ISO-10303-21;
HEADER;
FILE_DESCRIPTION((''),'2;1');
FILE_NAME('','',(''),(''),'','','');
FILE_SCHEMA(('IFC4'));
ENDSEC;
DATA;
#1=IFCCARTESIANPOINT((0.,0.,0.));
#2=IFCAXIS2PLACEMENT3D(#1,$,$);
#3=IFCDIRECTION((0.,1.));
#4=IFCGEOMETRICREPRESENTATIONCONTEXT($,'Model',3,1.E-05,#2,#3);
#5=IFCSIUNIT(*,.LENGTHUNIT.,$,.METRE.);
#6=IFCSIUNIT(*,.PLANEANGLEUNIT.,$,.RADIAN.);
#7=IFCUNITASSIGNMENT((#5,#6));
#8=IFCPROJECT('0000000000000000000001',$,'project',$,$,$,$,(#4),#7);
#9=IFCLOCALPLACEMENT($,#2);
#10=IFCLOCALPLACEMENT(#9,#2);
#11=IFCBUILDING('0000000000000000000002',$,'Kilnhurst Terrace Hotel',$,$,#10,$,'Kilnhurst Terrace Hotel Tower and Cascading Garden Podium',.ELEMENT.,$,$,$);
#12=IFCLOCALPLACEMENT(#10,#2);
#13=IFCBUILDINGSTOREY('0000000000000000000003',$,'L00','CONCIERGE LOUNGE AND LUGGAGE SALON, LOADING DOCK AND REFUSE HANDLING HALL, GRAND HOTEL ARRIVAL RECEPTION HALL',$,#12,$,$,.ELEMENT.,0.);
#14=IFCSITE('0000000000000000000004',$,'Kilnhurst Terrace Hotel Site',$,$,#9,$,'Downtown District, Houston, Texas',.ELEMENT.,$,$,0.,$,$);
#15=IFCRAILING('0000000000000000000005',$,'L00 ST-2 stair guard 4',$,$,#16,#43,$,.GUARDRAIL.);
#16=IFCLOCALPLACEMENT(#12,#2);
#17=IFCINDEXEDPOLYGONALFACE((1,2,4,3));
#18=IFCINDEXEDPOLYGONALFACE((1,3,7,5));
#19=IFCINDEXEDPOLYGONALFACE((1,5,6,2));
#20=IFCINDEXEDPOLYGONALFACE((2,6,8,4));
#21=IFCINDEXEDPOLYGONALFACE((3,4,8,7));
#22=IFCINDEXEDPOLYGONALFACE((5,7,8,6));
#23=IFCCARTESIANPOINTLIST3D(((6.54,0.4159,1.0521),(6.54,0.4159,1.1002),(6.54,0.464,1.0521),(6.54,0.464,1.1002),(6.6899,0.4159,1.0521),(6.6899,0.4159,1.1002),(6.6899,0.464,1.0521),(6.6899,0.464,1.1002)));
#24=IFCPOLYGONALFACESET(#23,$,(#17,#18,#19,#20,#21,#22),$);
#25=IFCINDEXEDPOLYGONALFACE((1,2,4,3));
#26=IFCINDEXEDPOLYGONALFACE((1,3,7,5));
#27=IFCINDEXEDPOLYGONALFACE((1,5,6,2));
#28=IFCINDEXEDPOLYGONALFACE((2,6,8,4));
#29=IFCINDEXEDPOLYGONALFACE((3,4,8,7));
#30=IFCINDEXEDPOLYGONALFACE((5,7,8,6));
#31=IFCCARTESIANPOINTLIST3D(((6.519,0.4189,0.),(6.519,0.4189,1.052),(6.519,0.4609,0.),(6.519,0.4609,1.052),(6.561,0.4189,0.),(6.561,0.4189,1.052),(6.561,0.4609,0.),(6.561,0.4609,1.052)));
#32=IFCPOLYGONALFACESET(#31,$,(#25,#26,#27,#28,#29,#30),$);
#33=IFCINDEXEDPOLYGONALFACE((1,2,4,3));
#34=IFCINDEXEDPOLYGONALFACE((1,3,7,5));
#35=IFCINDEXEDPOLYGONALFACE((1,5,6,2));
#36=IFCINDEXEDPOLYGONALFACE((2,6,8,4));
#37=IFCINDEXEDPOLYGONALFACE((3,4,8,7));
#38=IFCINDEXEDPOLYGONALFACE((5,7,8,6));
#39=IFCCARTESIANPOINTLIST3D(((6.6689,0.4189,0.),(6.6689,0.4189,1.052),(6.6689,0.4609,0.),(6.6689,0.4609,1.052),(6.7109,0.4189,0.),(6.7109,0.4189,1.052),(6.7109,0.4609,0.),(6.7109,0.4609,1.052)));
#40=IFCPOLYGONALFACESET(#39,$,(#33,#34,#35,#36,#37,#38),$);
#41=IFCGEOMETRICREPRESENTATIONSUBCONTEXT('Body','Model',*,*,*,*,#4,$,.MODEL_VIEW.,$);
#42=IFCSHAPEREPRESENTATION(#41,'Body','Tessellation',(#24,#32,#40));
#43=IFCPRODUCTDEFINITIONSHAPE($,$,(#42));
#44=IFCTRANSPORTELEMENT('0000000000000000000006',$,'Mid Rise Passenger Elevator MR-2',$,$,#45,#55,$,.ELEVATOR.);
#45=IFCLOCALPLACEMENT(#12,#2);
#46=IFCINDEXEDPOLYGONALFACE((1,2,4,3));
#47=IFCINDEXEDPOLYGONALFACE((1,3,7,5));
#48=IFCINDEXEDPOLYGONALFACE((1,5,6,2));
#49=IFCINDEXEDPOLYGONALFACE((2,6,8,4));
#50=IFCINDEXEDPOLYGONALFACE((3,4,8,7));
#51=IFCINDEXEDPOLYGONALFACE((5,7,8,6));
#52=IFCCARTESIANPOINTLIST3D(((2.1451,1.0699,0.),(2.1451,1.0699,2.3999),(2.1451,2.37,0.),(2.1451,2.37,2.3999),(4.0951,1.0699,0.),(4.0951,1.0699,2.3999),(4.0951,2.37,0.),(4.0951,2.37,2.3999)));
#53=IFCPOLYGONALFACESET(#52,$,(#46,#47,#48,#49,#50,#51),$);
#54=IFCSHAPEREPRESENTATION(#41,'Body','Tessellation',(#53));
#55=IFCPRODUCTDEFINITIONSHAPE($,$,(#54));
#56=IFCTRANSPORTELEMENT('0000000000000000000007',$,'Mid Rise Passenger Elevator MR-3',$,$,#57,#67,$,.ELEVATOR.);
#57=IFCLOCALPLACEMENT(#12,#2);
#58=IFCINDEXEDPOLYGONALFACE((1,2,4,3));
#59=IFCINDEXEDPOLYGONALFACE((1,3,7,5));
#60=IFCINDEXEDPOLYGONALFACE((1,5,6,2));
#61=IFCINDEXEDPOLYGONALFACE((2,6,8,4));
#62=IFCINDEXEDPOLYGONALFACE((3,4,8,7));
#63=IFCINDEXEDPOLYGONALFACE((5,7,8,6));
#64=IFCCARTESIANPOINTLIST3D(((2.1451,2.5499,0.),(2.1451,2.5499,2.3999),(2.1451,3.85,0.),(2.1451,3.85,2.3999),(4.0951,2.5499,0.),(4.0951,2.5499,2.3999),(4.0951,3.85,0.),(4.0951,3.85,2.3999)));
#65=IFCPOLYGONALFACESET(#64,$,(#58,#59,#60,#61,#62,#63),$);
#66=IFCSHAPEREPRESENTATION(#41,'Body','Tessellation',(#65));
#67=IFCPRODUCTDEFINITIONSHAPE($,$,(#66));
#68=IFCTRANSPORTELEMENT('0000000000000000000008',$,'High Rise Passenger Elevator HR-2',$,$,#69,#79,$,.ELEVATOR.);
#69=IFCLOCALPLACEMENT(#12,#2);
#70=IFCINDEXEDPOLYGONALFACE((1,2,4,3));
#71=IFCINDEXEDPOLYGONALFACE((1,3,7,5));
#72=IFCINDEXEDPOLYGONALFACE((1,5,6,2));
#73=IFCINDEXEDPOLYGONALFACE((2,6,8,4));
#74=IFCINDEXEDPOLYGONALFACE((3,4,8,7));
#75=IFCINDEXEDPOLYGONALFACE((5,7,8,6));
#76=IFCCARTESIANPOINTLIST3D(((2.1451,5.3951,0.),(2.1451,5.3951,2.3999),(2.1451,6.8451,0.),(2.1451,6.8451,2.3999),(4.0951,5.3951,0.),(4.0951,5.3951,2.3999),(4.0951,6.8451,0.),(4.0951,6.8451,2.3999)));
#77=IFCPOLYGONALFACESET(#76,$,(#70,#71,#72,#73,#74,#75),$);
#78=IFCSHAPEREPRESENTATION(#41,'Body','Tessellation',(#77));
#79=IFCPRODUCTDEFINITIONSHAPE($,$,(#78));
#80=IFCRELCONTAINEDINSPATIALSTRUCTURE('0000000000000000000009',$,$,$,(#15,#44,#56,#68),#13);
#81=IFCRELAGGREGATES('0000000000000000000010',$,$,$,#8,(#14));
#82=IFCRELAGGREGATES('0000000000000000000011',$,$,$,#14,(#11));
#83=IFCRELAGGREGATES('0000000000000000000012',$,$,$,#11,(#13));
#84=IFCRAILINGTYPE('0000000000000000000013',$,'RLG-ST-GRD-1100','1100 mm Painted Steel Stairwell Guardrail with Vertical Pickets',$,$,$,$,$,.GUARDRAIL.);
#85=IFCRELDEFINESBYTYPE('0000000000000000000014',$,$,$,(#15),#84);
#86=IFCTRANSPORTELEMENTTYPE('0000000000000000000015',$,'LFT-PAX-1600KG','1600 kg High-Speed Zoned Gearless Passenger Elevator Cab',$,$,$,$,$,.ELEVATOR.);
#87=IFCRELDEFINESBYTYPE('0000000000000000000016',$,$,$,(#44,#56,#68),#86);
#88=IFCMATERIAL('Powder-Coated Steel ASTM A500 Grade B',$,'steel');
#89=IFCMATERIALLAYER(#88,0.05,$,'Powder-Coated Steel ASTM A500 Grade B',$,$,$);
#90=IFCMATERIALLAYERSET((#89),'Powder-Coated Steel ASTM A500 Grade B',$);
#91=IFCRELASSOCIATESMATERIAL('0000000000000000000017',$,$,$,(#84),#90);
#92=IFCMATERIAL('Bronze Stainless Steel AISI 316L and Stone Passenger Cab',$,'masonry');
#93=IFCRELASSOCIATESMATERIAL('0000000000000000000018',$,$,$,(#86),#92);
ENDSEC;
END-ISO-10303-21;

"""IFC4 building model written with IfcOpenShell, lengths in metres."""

from ifc_helpers import new_model, si_unit, direction, frame, origin, origin_2d, place, context, subcontext, project, spatial, rectangle, extrude, material, layer, layer_set, type_object, element, save


model = new_model("IFC4")

# Units and contexts
model_context = context("Model", 3, precision=1e-05, world=origin(), true_north=direction((0.0, 1.0)))
body_context = subcontext(model_context, "Body", "Model", "MODEL_VIEW")
ifc_project = project(units=[si_unit("LENGTHUNIT", "METRE"), si_unit("PLANEANGLEUNIT", "RADIAN")], contexts=[model_context])

# Site, building, storey
site_placement = place(None, origin())
site = spatial("IfcSite", under=ifc_project, at=site_placement, Name="Kilnhurst Terrace Hotel Site", LongName="Downtown District, Houston, Texas", CompositionType="ELEMENT", RefElevation=0.0)
building_placement = place(site_placement, origin())
building = spatial("IfcBuilding", under=site, at=building_placement, Name="Kilnhurst Terrace Hotel", LongName="Kilnhurst Terrace Hotel Tower and Cascading Garden Podium", CompositionType="ELEMENT")
storey_placement = place(building_placement, origin())
storey = spatial("IfcBuildingStorey", under=building, at=storey_placement, Name="L00", Description="CONCIERGE LOUNGE AND LUGGAGE SALON, LOADING DOCK AND REFUSE HANDLING HALL, GRAND HOTEL ARRIVAL RECEPTION HALL", CompositionType="ELEMENT", Elevation=0.0)

# Railing
ifc_material_1 = material(Name="Powder-Coated Steel ASTM A500 Grade B", Category="steel")
ifc_layer_1 = layer(ifc_material_1, 0.05, Name="Powder-Coated Steel ASTM A500 Grade B")
ifc_layer_set_1 = layer_set([ifc_layer_1], Name="Powder-Coated Steel ASTM A500 Grade B")
railing_type = type_object("IfcRailingType", Name="RLG-ST-GRD-1100", Description="1100 mm Painted Steel Stairwell Guardrail with Vertical Pickets", PredefinedType="GUARDRAIL", material=ifc_layer_set_1)
railing_1_placement = place(storey_placement, frame((6.54, 0.4399, 0.0)))
element("IfcRailing", 1, at=railing_1_placement, inside=storey, type_object=railing_type, Name="L00 ST-2 stair guard 4", PredefinedType="GUARDRAIL", context=body_context, shape_type="SweptSolid", body=[
    extrude(rectangle(XDim=0.0481, YDim=0.0481, at=origin_2d()), frame((0.0, 0.0, 1.0762), z_axis=(1.0, 0.0, 0.0), x_axis=(0.0, 1.0, 0.0)), (0.0, 0.0, 1.0), 0.1499),
    extrude(rectangle(XDim=0.042, YDim=0.042, at=origin_2d()), origin(), (0.0, 0.0, 1.0), 1.052),
    extrude(rectangle(XDim=0.042, YDim=0.042, at=origin_2d()), frame((0.1499, 0.0, 0.0)), (0.0, 0.0, 1.0), 1.052),
])

# Transport elements
ifc_material_2 = material(Name="Bronze Stainless Steel AISI 316L and Stone Passenger Cab", Category="masonry")
transport_element_type = type_object("IfcTransportElementType", Name="LFT-PAX-1600KG", Description="1600 kg High-Speed Zoned Gearless Passenger Elevator Cab", PredefinedType="ELEVATOR", material=ifc_material_2)
for number, where, z_axis, x_axis, name in (
    (2, (3.1201, 1.72, 0.0), (0.0, 0.0, 1.0), (1.0, 0.0, 0.0), "Mid Rise Passenger Elevator MR-2"),
    (3, (3.1201, 3.2, 0.0), (0.0, 0.0, 1.0), (1.0, 0.0, 0.0), "Mid Rise Passenger Elevator MR-3"),
):
    element("IfcTransportElement", number, at=place(storey_placement, frame(where, z_axis=z_axis, x_axis=x_axis)), inside=storey, type_object=transport_element_type, Name=name, PredefinedType="ELEVATOR", context=body_context, shape_type="SweptSolid", body=[
        extrude(rectangle(XDim=1.95, YDim=1.3, at=origin_2d()), origin(), (0.0, 0.0, 1.0), 2.3999),
    ])
transport_element_placement = place(storey_placement, frame((3.1201, 6.1201, 0.0), z_axis=(0.0, 0.0, 1.0), x_axis=(1.0, 0.0, 0.0)))
element("IfcTransportElement", 4, at=transport_element_placement, inside=storey, type_object=transport_element_type, Name="High Rise Passenger Elevator HR-2", PredefinedType="ELEVATOR", context=body_context, shape_type="SweptSolid", body=[
    extrude(rectangle(XDim=1.95, YDim=1.45, at=origin_2d()), origin(), (0.0, 0.0, 1.0), 2.3999),
])

save(model, "model.ifc")
